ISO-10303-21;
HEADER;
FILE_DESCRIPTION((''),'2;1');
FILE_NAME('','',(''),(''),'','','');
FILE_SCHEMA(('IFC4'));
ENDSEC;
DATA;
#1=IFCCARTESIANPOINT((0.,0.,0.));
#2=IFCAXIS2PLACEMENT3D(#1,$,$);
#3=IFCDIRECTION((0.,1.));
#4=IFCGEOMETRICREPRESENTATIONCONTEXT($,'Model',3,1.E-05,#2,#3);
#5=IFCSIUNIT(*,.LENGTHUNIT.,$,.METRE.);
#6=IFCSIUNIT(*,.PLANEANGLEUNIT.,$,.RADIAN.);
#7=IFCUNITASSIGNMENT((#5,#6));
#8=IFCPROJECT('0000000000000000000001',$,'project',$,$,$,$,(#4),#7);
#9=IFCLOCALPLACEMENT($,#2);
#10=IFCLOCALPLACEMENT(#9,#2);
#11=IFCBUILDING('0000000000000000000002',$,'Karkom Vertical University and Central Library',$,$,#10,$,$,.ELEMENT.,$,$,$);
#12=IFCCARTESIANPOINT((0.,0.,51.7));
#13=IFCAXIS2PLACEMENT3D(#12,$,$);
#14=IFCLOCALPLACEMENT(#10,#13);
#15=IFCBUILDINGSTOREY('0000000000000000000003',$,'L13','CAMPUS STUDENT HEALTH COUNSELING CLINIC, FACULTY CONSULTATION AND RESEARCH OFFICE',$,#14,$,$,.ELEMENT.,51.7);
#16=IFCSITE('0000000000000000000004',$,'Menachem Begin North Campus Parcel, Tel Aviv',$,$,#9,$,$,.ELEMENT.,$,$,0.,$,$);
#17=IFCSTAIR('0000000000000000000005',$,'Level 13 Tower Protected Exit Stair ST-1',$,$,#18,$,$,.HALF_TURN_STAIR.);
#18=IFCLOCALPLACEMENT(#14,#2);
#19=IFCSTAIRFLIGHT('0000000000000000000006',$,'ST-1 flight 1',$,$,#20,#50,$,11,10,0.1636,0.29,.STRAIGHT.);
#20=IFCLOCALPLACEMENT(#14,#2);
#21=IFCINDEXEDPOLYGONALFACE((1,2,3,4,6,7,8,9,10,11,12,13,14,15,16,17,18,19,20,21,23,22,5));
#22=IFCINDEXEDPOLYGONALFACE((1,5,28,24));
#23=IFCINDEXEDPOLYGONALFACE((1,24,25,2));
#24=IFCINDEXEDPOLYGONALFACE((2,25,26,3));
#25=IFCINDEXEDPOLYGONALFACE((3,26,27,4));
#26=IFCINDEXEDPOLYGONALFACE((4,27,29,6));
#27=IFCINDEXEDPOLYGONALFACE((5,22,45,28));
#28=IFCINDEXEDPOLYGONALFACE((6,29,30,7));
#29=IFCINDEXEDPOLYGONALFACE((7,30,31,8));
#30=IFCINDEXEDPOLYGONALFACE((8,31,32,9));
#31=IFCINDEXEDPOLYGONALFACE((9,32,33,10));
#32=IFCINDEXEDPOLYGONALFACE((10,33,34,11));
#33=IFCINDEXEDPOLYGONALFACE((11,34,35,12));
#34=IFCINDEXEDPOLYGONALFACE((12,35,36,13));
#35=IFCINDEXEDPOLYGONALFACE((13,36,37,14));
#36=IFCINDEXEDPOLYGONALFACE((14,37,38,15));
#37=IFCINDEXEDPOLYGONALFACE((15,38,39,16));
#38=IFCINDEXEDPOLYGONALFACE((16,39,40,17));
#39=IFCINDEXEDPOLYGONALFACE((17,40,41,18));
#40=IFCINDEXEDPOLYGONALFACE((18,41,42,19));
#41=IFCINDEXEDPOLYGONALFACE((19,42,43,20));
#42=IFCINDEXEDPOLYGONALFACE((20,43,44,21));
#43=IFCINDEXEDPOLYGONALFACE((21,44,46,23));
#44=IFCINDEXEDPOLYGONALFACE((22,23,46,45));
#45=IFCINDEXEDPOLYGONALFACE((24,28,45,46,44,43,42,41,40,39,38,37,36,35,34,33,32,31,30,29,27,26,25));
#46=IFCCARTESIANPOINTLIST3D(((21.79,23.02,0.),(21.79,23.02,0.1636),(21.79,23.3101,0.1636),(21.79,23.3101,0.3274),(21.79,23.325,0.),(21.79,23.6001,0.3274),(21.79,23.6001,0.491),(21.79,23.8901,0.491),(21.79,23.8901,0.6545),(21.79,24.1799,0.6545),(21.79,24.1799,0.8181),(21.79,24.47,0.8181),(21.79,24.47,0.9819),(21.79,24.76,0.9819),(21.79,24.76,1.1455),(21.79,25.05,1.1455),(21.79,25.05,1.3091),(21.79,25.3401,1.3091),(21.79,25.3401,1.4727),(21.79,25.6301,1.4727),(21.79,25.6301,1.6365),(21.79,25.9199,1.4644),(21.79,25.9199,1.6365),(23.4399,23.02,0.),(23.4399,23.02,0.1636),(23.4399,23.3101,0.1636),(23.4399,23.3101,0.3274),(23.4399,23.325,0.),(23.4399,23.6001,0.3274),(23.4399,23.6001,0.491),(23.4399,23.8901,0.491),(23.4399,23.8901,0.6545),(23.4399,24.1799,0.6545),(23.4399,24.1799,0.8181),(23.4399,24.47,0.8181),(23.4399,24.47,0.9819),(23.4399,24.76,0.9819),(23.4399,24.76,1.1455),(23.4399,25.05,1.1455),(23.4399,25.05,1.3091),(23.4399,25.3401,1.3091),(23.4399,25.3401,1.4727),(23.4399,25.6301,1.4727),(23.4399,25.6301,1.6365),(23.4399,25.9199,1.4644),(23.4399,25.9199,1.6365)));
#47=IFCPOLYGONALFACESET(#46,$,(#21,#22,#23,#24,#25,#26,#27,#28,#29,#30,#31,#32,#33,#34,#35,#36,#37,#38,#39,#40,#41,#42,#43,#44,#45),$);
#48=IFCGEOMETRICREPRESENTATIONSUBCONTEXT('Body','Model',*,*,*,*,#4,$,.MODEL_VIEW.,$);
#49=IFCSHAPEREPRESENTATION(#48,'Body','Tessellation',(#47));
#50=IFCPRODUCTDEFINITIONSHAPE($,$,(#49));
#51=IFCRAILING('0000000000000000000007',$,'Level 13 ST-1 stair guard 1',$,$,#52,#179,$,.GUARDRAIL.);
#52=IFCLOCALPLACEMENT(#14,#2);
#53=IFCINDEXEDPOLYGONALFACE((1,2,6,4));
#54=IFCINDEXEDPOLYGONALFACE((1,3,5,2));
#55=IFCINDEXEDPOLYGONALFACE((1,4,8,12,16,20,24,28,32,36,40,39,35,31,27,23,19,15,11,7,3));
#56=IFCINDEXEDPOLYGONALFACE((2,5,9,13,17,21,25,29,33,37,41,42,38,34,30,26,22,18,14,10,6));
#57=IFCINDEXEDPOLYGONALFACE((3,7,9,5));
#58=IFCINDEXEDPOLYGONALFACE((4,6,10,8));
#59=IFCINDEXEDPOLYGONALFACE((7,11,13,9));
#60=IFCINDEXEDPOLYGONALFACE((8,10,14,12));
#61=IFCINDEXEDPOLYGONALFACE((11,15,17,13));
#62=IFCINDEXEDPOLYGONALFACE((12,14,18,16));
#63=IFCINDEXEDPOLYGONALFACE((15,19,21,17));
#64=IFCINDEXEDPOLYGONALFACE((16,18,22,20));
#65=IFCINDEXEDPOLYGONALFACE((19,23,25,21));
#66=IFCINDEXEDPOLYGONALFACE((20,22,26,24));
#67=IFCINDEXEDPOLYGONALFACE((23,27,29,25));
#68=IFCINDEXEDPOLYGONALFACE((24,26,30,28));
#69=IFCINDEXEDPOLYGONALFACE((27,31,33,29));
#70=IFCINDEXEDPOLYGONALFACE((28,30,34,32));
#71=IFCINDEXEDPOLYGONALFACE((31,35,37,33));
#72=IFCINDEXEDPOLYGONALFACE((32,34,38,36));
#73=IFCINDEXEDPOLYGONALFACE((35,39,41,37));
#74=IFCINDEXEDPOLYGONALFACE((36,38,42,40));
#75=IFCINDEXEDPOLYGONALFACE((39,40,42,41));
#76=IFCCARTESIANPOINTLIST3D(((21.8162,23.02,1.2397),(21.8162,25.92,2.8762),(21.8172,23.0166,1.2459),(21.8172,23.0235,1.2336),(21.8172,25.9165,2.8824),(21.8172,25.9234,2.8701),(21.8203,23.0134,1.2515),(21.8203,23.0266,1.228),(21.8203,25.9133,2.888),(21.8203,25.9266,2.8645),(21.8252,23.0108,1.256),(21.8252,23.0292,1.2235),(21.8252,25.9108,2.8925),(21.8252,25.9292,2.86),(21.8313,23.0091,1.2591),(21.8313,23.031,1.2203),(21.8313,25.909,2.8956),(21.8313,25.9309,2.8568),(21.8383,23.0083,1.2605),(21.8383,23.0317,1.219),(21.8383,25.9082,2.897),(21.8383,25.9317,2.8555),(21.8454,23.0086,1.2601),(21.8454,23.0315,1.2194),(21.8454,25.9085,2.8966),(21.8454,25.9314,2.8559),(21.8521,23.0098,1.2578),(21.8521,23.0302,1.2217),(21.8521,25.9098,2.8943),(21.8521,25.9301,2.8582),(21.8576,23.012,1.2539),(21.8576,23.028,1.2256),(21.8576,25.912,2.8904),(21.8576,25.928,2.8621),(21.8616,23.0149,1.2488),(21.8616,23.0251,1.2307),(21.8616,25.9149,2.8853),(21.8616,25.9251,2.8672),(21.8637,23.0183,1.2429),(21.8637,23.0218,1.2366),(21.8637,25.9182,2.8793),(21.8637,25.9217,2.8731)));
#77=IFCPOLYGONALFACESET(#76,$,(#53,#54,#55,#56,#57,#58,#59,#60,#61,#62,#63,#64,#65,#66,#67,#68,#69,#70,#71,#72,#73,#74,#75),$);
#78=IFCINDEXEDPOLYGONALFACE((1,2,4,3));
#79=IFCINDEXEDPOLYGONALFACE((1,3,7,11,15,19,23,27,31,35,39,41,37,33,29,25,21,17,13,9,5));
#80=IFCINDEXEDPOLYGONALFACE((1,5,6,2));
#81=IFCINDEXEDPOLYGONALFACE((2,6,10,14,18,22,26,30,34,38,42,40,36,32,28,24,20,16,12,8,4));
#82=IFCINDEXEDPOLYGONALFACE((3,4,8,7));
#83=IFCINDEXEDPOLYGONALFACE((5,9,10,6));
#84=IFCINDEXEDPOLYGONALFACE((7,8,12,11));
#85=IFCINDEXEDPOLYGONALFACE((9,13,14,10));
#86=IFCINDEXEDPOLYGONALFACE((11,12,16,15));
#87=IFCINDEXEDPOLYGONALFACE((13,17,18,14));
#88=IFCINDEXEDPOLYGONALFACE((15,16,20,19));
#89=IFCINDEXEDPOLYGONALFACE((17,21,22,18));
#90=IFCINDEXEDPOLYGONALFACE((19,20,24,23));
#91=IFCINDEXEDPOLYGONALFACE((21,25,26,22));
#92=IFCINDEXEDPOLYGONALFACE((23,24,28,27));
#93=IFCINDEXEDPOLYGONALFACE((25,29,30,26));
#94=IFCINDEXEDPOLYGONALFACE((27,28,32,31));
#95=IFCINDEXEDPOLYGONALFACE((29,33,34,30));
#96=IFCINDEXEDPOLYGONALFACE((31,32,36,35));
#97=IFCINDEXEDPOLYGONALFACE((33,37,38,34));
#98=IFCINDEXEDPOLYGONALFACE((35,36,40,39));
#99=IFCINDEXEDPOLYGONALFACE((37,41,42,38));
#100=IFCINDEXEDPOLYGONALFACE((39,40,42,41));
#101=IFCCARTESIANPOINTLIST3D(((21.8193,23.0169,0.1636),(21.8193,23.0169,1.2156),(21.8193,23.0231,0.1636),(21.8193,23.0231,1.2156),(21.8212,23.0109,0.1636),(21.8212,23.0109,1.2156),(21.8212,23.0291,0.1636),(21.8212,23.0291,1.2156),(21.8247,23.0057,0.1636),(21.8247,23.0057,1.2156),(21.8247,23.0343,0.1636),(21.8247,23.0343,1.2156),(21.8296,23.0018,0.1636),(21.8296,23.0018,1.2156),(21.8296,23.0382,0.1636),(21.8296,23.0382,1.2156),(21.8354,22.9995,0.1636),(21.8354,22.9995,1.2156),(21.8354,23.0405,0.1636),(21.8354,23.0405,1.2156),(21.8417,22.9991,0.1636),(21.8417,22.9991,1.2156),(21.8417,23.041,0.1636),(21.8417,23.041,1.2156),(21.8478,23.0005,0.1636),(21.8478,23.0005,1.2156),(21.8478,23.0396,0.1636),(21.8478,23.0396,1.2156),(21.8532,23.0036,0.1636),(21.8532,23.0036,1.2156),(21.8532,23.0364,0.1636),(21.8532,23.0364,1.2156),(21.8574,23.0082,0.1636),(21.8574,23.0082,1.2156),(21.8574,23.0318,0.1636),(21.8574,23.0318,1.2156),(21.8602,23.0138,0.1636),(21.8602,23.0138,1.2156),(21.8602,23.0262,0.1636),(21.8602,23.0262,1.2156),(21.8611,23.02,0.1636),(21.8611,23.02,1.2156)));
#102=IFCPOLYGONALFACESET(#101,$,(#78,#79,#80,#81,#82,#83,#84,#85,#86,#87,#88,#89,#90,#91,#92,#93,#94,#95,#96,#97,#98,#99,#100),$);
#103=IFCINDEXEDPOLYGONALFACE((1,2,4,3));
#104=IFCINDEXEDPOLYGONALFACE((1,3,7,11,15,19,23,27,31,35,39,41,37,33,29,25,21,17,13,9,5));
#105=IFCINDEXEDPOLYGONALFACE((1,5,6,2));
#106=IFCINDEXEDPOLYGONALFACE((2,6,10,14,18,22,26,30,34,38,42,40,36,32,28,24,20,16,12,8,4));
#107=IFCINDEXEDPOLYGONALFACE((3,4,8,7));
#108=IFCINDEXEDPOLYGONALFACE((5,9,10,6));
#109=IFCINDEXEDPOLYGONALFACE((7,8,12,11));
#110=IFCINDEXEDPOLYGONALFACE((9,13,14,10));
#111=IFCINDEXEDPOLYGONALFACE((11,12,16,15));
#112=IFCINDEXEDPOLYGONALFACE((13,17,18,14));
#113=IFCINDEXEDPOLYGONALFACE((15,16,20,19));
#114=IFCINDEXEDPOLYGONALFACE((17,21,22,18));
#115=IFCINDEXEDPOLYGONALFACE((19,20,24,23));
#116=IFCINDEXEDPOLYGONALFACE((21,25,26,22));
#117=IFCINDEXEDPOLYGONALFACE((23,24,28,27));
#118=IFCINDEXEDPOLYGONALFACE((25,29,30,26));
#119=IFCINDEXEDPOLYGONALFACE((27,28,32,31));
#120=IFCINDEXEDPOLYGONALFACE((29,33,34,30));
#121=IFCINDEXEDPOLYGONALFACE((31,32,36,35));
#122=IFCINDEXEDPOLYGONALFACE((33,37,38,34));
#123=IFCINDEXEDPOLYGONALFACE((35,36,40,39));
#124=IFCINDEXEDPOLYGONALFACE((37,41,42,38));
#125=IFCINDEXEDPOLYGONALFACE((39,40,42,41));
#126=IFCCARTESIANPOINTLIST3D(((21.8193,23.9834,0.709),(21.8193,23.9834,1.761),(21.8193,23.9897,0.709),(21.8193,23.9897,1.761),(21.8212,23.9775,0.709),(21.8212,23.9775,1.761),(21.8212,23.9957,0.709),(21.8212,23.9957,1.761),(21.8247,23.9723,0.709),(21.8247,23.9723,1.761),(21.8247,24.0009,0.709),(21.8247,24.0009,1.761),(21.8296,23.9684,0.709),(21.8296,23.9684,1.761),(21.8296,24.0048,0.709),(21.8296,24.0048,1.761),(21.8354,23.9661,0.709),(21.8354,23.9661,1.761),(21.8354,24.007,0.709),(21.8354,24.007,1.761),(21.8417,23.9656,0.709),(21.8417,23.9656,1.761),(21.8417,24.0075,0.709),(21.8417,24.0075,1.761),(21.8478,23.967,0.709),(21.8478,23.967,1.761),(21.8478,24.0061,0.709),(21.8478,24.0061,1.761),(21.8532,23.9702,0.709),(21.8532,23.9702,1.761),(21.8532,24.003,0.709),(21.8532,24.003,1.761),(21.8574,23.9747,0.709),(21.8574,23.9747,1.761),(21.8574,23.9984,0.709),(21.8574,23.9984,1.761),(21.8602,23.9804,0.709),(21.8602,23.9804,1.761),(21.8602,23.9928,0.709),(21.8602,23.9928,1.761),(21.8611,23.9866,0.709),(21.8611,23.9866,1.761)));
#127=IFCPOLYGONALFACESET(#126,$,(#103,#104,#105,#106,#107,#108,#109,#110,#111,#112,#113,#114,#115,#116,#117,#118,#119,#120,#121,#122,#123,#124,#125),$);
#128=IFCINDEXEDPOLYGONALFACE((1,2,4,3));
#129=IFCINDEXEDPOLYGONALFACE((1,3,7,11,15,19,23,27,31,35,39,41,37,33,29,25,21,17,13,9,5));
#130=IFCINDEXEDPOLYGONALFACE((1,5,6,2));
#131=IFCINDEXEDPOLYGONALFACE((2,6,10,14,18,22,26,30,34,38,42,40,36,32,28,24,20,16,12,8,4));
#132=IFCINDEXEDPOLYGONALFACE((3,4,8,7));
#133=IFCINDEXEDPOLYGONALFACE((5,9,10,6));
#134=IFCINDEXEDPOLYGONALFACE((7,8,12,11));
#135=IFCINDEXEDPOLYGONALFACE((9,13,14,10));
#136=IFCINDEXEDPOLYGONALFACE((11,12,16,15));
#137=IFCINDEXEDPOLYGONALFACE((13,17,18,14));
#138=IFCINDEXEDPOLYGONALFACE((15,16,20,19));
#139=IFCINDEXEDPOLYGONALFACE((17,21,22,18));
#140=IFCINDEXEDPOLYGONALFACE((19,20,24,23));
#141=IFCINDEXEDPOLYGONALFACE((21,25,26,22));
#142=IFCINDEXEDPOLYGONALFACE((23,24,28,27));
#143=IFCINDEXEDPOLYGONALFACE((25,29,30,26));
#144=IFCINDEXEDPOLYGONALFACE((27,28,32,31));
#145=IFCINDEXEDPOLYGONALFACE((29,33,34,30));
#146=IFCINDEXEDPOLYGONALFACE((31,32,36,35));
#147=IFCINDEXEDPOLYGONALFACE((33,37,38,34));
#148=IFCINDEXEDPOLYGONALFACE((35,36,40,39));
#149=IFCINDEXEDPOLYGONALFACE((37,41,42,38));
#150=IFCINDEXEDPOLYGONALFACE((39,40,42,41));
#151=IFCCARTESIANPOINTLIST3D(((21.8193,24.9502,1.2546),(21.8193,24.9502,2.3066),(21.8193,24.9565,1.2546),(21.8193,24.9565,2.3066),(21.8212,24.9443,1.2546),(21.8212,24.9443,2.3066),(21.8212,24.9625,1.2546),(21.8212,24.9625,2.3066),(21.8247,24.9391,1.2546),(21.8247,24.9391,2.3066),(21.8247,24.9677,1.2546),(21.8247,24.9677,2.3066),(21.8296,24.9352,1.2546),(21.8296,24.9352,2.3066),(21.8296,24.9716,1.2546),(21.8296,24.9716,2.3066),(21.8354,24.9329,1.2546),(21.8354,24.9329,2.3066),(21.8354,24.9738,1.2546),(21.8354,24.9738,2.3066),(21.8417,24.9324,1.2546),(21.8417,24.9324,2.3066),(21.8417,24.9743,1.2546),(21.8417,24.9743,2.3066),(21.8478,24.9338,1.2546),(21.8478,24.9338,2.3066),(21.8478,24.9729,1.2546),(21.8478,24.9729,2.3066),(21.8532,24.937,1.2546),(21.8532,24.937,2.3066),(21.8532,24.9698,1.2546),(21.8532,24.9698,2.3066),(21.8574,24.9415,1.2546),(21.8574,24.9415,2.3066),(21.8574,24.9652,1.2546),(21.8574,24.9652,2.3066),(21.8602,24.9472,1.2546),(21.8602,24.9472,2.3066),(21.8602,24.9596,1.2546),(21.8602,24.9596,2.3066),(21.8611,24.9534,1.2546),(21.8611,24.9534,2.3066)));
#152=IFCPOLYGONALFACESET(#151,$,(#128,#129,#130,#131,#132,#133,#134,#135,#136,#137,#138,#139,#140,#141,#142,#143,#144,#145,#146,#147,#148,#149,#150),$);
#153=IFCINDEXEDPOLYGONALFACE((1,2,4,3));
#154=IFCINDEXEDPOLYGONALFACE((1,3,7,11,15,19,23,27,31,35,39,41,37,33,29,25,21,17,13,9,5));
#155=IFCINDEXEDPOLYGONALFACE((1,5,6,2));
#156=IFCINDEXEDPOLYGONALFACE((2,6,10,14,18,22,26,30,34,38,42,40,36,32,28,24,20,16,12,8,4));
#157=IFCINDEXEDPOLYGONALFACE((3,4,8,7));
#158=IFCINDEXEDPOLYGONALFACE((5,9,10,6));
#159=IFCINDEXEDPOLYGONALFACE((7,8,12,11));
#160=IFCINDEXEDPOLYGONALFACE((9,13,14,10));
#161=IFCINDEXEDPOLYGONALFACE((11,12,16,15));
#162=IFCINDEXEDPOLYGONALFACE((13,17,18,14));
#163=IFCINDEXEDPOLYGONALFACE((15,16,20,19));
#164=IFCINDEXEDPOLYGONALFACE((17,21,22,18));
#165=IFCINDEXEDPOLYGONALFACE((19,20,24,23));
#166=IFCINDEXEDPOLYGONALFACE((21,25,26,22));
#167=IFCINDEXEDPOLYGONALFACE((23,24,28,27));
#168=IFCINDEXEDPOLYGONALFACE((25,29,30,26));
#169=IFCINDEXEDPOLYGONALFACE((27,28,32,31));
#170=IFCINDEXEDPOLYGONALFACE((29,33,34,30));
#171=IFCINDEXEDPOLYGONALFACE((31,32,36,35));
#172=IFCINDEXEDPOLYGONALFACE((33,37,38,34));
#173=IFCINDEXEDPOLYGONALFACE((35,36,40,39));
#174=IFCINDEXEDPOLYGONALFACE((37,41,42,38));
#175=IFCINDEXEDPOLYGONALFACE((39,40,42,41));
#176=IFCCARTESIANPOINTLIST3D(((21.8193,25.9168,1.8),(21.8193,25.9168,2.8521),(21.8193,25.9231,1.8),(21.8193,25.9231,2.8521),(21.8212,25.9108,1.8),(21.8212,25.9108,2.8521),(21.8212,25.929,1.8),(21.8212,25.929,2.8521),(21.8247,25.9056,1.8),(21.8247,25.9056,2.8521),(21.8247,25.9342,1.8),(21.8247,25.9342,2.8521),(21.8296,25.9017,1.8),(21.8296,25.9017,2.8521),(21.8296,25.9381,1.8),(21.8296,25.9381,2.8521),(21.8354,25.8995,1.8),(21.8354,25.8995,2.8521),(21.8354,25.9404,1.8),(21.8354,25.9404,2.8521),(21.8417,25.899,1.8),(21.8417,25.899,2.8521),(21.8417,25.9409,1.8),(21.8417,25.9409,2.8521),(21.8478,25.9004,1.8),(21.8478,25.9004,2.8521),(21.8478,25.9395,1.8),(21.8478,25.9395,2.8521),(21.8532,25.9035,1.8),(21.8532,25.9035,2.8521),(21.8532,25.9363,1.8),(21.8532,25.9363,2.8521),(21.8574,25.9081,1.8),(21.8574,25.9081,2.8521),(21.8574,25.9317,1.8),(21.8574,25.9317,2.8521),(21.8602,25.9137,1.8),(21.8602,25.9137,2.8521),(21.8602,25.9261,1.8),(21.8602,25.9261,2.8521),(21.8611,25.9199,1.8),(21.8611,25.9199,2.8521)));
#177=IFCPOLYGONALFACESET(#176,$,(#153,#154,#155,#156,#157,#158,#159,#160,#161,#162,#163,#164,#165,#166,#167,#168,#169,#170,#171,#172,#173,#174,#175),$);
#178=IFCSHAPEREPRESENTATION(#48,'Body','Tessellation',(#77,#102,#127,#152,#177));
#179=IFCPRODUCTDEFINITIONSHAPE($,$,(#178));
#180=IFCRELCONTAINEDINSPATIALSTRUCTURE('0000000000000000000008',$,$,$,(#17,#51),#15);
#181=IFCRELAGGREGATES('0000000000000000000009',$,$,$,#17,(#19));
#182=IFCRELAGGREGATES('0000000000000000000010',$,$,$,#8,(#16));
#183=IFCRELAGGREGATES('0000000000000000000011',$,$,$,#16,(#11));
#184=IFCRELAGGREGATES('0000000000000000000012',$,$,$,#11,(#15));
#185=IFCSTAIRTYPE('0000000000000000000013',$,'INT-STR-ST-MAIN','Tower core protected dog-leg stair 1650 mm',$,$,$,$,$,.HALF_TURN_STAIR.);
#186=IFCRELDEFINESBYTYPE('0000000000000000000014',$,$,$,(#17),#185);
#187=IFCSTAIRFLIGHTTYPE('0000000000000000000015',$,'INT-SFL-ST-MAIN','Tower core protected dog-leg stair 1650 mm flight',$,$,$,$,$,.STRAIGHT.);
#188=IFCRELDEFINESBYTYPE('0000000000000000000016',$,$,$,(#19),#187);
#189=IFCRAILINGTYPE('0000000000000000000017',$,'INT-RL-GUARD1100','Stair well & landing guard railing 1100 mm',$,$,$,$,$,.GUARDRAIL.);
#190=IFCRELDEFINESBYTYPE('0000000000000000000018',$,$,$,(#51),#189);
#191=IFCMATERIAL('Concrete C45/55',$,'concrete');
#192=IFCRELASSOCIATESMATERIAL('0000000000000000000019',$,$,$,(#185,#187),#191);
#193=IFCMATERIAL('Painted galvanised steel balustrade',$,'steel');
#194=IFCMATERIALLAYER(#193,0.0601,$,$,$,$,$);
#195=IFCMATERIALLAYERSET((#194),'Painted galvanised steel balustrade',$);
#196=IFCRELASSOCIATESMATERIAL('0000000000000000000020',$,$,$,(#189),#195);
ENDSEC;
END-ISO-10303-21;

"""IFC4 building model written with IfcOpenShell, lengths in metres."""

from ifc_helpers import new_model, si_unit, direction, frame, origin, origin_2d, place, context, subcontext, project, spatial, polyline, circle, outline, extrude, material, layer, layer_set, type_object, element, aggregate, save


model = new_model("IFC4")

# Units and contexts
model_context = context("Model", 3, precision=1e-05, world=origin(), true_north=direction((0.0, 1.0)))
body_context = subcontext(model_context, "Body", "Model", "MODEL_VIEW")
ifc_project = project(units=[si_unit("LENGTHUNIT", "METRE"), si_unit("PLANEANGLEUNIT", "RADIAN")], contexts=[model_context])

# Site, building, storey
site_placement = place(None, origin())
site = spatial("IfcSite", under=ifc_project, at=site_placement, Name="Menachem Begin North Campus Parcel, Tel Aviv", CompositionType="ELEMENT", RefElevation=0.0)
building_placement = place(site_placement, origin())
building = spatial("IfcBuilding", under=site, at=building_placement, Name="Karkom Vertical University and Central Library", CompositionType="ELEMENT")
storey_placement = place(building_placement, frame((0.0, 0.0, 51.7)))
storey = spatial("IfcBuildingStorey", under=building, at=storey_placement, Name="L13", Description="CAMPUS STUDENT HEALTH COUNSELING CLINIC, FACULTY CONSULTATION AND RESEARCH OFFICE", CompositionType="ELEMENT", Elevation=51.7)

# Shared definitions
ifc_material_1 = material(Name="Concrete C45/55", Category="concrete")

# Stair, stair flight
stair_type = type_object("IfcStairType", Name="INT-STR-ST-MAIN", Description="Tower core protected dog-leg stair 1650 mm", PredefinedType="HALF_TURN_STAIR", material=ifc_material_1)
stair_placement = place(storey_placement, origin())
stair = element("IfcStair", 1, at=stair_placement, inside=storey, type_object=stair_type, Name="Level 13 Tower Protected Exit Stair ST-1", PredefinedType="HALF_TURN_STAIR")
stair_flight_type = type_object("IfcStairFlightType", Name="INT-SFL-ST-MAIN", Description="Tower core protected dog-leg stair 1650 mm flight", PredefinedType="STRAIGHT", material=ifc_material_1)
stair_flight_placement = place(storey_placement, frame((22.615, 23.02, 0.0), z_axis=(0.0, 0.0, 1.0), x_axis=(0.0, 1.0, 0.0)))
stair_flight = element("IfcStairFlight", 2, at=stair_flight_placement, type_object=stair_flight_type, Name="ST-1 flight 1", NumberOfRisers=11, NumberOfTreads=10, PredefinedType="STRAIGHT", RiserHeight=0.1636, TreadLength=0.29, context=body_context, shape_type="SweptSolid", body=[
    extrude(outline(polyline([(0.0, 0.0), (0.0, 0.1636), (0.29, 0.1636), (0.29, 0.3274), (0.5801, 0.3274), (0.5801, 0.491), (0.8701, 0.491), (0.8701, 0.6545), (1.1599, 0.6545), (1.1599, 0.8181), (1.45, 0.8181), (1.45, 0.9819), (1.74, 0.9819), (1.74, 1.1455), (2.03, 1.1455), (2.03, 1.3091), (2.3201, 1.3091), (2.3201, 1.4727), (2.6101, 1.4727), (2.6101, 1.6365), (2.8999, 1.6365), (2.8999, 1.8), (2.8999, 1.4644), (0.3049, 0.0), (0.0, 0.0)])), frame((0.0, 0.825, 0.0), z_axis=(0.0, -1.0, 0.0), x_axis=(1.0, 0.0, 0.0)), (0.0, 0.0, 1.0), 1.6499),
])
aggregate(stair, [stair_flight])

# Railing
ifc_material_2 = material(Name="Painted galvanised steel balustrade", Category="steel")
ifc_layer_1 = layer(ifc_material_2, 0.0601)
ifc_layer_set_1 = layer_set([ifc_layer_1], Name="Painted galvanised steel balustrade")
railing_type_1 = type_object("IfcRailingType", Name="INT-RL-GUARD1100", Description="Stair well & landing guard railing 1100 mm", PredefinedType="GUARDRAIL", material=ifc_layer_set_1)
railing_1_placement = place(storey_placement, frame((21.8401, 23.02, 0.1636)))
element("IfcRailing", 3, at=railing_1_placement, inside=storey, type_object=railing_type_1, Name="Level 13 ST-1 stair guard 1", PredefinedType="GUARDRAIL", context=body_context, shape_type="SweptSolid", body=[
    extrude(circle(Radius=0.0239, at=origin_2d()), frame((0.0, 0.0, 1.0762), z_axis=(0.0, 0.870897, 0.491465), x_axis=(-1.0, 0.0, 0.0)), (0.0, 0.0, 1.0), 3.3298),
    extrude(circle(Radius=0.021, at=origin_2d()), origin(), (0.0, 0.0, 1.0), 1.052),
    extrude(circle(Radius=0.021, at=origin_2d()), frame((0.0, 0.9666, 0.5454)), (0.0, 0.0, 1.0), 1.052),
    extrude(circle(Radius=0.021, at=origin_2d()), frame((0.0, 1.9333, 1.0911)), (0.0, 0.0, 1.0), 1.052),
    extrude(circle(Radius=0.021, at=origin_2d()), frame((0.0, 2.8999, 1.6365)), (0.0, 0.0, 1.0), 1.052),
])

save(model, "model.ifc")
